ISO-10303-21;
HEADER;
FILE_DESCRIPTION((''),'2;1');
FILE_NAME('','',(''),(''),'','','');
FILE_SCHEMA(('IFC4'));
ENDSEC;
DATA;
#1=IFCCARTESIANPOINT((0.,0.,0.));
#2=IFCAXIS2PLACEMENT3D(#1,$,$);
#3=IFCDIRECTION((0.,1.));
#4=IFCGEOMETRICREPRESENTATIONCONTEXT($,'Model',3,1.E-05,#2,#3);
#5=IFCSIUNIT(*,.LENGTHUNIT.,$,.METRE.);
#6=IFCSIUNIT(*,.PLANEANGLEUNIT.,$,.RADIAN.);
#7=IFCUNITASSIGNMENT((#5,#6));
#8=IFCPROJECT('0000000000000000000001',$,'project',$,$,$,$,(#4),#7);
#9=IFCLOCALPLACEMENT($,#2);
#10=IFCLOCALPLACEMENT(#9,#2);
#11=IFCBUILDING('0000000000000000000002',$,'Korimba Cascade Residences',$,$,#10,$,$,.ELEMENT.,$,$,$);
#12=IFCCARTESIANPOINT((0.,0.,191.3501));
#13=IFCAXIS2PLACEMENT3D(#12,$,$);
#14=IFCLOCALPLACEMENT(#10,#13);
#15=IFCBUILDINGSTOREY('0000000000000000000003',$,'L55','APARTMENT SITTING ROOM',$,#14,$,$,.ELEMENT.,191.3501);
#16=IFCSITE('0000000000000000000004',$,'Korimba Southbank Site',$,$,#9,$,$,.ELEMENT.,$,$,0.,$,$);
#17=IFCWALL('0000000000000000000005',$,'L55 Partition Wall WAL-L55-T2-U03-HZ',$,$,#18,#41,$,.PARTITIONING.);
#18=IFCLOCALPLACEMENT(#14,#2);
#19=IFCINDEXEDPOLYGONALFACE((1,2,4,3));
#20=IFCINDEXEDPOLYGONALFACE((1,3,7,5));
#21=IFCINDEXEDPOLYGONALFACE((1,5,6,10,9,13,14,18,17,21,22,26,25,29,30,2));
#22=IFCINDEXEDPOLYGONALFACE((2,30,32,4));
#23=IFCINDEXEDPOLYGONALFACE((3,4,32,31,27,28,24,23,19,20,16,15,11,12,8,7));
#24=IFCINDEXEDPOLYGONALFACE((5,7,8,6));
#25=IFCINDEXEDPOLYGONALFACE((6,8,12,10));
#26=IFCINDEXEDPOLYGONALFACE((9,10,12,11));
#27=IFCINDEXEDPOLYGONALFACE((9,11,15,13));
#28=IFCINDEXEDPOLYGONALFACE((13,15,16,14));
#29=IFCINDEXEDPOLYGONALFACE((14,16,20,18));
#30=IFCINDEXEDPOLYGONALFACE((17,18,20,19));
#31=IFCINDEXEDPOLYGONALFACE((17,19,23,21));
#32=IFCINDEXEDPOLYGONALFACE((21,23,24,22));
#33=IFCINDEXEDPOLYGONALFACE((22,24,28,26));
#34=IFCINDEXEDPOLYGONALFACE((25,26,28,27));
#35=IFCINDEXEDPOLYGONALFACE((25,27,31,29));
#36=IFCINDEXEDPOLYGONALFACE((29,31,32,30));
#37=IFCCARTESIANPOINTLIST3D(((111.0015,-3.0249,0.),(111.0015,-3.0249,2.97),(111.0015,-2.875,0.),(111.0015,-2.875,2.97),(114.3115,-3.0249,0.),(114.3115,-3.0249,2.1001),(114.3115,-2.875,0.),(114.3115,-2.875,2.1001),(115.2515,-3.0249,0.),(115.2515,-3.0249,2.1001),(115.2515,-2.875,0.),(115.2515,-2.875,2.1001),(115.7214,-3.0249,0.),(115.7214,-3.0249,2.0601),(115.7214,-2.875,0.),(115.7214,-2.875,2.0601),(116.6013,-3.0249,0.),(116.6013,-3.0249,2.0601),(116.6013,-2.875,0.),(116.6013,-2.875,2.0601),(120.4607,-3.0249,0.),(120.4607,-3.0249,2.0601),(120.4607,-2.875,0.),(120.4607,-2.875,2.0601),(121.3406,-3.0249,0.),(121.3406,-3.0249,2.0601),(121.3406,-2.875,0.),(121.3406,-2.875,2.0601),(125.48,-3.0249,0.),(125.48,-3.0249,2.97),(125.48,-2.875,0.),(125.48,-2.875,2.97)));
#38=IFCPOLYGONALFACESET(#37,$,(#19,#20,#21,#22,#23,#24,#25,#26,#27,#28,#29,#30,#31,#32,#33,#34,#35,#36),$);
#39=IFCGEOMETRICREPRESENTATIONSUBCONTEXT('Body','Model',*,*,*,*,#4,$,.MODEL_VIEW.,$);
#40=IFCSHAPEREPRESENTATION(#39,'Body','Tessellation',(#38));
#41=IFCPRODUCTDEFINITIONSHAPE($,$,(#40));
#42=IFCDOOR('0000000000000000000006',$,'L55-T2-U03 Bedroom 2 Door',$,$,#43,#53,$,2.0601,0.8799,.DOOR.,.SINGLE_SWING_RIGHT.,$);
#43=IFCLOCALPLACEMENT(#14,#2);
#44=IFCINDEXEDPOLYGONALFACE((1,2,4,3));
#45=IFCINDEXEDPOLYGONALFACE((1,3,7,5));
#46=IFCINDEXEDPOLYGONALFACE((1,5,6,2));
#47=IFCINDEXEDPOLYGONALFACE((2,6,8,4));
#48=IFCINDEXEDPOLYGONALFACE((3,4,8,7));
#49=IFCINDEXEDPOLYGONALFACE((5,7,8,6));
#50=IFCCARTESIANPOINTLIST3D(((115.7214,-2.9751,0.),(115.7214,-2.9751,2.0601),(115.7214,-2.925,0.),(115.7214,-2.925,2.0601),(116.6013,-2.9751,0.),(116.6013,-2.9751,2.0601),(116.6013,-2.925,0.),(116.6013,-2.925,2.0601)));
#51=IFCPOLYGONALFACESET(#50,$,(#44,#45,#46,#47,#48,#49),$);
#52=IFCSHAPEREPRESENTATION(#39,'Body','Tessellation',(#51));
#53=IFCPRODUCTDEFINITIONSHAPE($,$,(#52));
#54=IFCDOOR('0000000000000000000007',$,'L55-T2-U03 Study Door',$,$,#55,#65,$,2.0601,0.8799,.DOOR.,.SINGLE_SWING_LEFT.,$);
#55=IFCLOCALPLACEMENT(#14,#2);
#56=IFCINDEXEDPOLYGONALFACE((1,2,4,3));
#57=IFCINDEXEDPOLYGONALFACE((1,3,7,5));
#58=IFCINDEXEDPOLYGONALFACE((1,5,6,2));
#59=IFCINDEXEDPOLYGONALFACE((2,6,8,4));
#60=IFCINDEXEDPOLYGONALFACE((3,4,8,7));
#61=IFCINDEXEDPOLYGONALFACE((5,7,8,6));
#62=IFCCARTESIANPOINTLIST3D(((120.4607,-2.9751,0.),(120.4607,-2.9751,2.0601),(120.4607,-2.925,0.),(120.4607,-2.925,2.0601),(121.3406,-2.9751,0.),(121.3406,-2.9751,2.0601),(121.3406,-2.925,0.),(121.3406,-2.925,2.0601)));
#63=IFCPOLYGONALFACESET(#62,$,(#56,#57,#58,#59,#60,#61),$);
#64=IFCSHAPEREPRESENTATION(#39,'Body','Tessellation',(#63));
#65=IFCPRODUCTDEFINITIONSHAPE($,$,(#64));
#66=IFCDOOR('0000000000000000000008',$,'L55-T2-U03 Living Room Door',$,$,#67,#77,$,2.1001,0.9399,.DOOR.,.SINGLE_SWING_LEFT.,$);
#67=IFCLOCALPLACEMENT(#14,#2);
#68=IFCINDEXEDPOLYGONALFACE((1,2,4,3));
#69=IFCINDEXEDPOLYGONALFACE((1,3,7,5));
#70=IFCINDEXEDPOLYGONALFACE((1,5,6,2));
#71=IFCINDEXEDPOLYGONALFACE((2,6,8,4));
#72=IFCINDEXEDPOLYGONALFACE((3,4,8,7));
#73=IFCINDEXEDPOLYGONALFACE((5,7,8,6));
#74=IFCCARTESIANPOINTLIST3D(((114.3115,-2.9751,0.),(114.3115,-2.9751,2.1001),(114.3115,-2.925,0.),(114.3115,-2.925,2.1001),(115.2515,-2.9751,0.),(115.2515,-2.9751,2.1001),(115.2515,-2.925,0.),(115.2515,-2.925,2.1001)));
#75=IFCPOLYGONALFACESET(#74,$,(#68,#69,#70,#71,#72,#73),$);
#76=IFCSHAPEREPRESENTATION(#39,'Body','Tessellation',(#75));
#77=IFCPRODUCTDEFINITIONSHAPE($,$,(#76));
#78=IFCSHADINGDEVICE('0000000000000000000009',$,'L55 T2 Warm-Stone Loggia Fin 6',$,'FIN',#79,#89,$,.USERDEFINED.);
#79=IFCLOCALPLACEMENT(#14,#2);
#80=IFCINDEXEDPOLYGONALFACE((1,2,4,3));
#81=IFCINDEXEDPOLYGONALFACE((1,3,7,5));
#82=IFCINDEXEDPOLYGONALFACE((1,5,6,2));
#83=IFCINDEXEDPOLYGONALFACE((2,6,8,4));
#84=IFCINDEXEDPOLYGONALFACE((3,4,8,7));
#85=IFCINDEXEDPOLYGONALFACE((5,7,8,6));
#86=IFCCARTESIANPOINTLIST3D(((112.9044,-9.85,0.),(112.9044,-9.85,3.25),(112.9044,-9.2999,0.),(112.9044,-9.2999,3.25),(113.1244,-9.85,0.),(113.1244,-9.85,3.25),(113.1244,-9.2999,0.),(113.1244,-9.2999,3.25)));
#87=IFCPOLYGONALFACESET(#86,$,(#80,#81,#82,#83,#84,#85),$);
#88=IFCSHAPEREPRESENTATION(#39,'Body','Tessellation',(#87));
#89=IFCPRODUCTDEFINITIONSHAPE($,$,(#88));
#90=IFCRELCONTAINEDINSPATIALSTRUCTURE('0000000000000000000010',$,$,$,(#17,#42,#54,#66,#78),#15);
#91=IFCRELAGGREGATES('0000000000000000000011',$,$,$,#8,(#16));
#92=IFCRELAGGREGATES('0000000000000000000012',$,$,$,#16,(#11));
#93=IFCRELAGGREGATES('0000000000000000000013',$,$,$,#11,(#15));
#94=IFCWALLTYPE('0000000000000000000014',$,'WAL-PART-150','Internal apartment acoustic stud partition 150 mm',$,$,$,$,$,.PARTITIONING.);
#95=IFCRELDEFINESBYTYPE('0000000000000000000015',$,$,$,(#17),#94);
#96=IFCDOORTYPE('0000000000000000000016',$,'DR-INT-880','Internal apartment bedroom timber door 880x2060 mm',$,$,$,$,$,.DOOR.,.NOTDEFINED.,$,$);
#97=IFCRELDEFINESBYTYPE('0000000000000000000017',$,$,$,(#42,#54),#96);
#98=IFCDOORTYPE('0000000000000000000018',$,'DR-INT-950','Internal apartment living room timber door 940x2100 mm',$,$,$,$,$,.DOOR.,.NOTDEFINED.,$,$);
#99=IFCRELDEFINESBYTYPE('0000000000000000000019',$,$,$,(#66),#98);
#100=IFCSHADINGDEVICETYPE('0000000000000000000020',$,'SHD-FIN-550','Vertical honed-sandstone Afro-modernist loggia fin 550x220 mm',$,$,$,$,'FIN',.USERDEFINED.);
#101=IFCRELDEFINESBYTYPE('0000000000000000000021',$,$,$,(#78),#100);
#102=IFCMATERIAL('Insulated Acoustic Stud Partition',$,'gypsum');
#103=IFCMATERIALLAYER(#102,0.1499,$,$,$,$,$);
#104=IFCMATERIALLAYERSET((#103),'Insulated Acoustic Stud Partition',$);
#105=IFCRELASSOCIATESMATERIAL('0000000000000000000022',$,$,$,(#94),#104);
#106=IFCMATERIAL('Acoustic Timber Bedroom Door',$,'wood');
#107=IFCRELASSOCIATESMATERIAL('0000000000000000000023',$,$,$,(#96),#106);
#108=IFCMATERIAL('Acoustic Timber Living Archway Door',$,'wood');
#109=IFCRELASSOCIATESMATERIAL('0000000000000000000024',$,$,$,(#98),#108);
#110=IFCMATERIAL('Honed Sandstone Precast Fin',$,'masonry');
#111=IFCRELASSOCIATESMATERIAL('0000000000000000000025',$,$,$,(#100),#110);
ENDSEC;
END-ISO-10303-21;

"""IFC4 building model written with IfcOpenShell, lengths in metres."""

from ifc_helpers import new_model, si_unit, direction, frame, frame_2d, origin, origin_2d, place, context, subcontext, project, spatial, rectangle, extrude, material, layer, layer_set, type_object, element, fill, save


model = new_model("IFC4")

# Units and contexts
model_context = context("Model", 3, precision=1e-05, world=origin(), true_north=direction((0.0, 1.0)))
body_context = subcontext(model_context, "Body", "Model", "MODEL_VIEW")
ifc_project = project(units=[si_unit("LENGTHUNIT", "METRE"), si_unit("PLANEANGLEUNIT", "RADIAN")], contexts=[model_context])

# Site, building, storey
site_placement = place(None, origin())
site = spatial("IfcSite", under=ifc_project, at=site_placement, Name="Korimba Southbank Site", CompositionType="ELEMENT", RefElevation=0.0)
building_placement = place(site_placement, origin())
building = spatial("IfcBuilding", under=site, at=building_placement, Name="Korimba Cascade Residences", CompositionType="ELEMENT")
storey_placement = place(building_placement, frame((0.0, 0.0, 191.3501)))
storey = spatial("IfcBuildingStorey", under=building, at=storey_placement, Name="L55", Description="APARTMENT SITTING ROOM", CompositionType="ELEMENT", Elevation=191.3501)

# Shared definitions
ifc_material_1 = material(Name="Insulated Acoustic Stud Partition", Category="gypsum")
ifc_layer_1 = layer(ifc_material_1, 0.1499)
ifc_layer_set_1 = layer_set([ifc_layer_1], Name="Insulated Acoustic Stud Partition")
wall_type_1 = type_object("IfcWallType", Name="WAL-PART-150", Description="Internal apartment acoustic stud partition 150 mm", PredefinedType="PARTITIONING", material=ifc_layer_set_1)

# Shared definitions
ifc_material_2 = material(Name="Acoustic Timber Bedroom Door", Category="wood")
door_type_1 = type_object("IfcDoorType", Name="DR-INT-880", Description="Internal apartment bedroom timber door 880x2060 mm", OperationType="NOTDEFINED", PredefinedType="DOOR", material=ifc_material_2)

# Wall, openings, doors
wall_1_placement = place(storey_placement, frame((111.0015, -2.95, 0.0), z_axis=(0.0, 0.0, 1.0), x_axis=(1.0, 0.0, 0.0)))
wall_1 = element("IfcWall", 1, at=wall_1_placement, inside=storey, type_object=wall_type_1, Name="L55 Partition Wall WAL-L55-T2-U03-HZ", PredefinedType="PARTITIONING", context=body_context, shape_type="SweptSolid", body=[
    extrude(rectangle(XDim=14.4785, YDim=0.1499, at=frame_2d((7.2393, 0.0))), origin(), (0.0, 0.0, 1.0), 2.97),
])
opening_1_placement = place(wall_1_placement, frame((3.3101, 0.0, 0.0)))
opening_1 = element("IfcOpeningElement", 2, at=opening_1_placement, cuts=wall_1, PredefinedType="OPENING", context=body_context, shape_type="SweptSolid", body=[
    extrude(rectangle(XDim=0.9399, YDim=2.1001, at=frame_2d((0.47, 1.05))), frame((0.0, 0.085, 0.0), z_axis=(0.0, -1.0, 0.0), x_axis=(1.0, 0.0, 0.0)), (0.0, 0.0, 1.0), 0.1699),
])
opening_2_placement = place(wall_1_placement, frame((4.72, 0.0, 0.0)))
opening_2 = element("IfcOpeningElement", 3, at=opening_2_placement, cuts=wall_1, PredefinedType="OPENING", context=body_context, shape_type="SweptSolid", body=[
    extrude(rectangle(XDim=0.8799, YDim=2.0601, at=frame_2d((0.4399, 1.03))), frame((0.0, 0.085, 0.0), z_axis=(0.0, -1.0, 0.0), x_axis=(1.0, 0.0, 0.0)), (0.0, 0.0, 1.0), 0.1699),
])
opening_3_placement = place(wall_1_placement, frame((9.4592, 0.0, 0.0)))
opening_3 = element("IfcOpeningElement", 4, at=opening_3_placement, cuts=wall_1, PredefinedType="OPENING", context=body_context, shape_type="SweptSolid", body=[
    extrude(rectangle(XDim=0.8799, YDim=2.0601, at=frame_2d((0.4399, 1.03))), frame((0.0, 0.085, 0.0), z_axis=(0.0, -1.0, 0.0), x_axis=(1.0, 0.0, 0.0)), (0.0, 0.0, 1.0), 0.1699),
])
door_1_placement = place(opening_2_placement, origin())
door_1 = element("IfcDoor", 5, at=door_1_placement, inside=storey, type_object=door_type_1, Name="L55-T2-U03 Bedroom 2 Door", OperationType="SINGLE_SWING_RIGHT", OverallHeight=2.0601, OverallWidth=0.8799, PredefinedType="DOOR", context=body_context, shape_type="SweptSolid", body=[
    extrude(rectangle(XDim=0.8799, YDim=2.0601, at=frame_2d((0.4399, 1.03))), frame((0.0, 0.0249, 0.0), z_axis=(0.0, -1.0, 0.0), x_axis=(1.0, 0.0, 0.0)), (0.0, 0.0, 1.0), 0.05),
])
fill(opening_2, door_1)
door_2_placement = place(opening_3_placement, origin())
door_2 = element("IfcDoor", 6, at=door_2_placement, inside=storey, type_object=door_type_1, Name="L55-T2-U03 Study Door", OperationType="SINGLE_SWING_LEFT", OverallHeight=2.0601, OverallWidth=0.8799, PredefinedType="DOOR", context=body_context, shape_type="SweptSolid", body=[
    extrude(rectangle(XDim=0.8799, YDim=2.0601, at=frame_2d((0.4399, 1.03))), frame((0.0, 0.0249, 0.0), z_axis=(0.0, -1.0, 0.0), x_axis=(1.0, 0.0, 0.0)), (0.0, 0.0, 1.0), 0.05),
])
fill(opening_3, door_2)
ifc_material_3 = material(Name="Acoustic Timber Living Archway Door", Category="wood")
door_type_2 = type_object("IfcDoorType", Name="DR-INT-950", Description="Internal apartment living room timber door 940x2100 mm", OperationType="NOTDEFINED", PredefinedType="DOOR", material=ifc_material_3)
door_3_placement = place(opening_1_placement, origin())
door_3 = element("IfcDoor", 7, at=door_3_placement, inside=storey, type_object=door_type_2, Name="L55-T2-U03 Living Room Door", OperationType="SINGLE_SWING_LEFT", OverallHeight=2.1001, OverallWidth=0.9399, PredefinedType="DOOR", context=body_context, shape_type="SweptSolid", body=[
    extrude(rectangle(XDim=0.9399, YDim=2.1001, at=frame_2d((0.47, 1.05))), frame((0.0, 0.0249, 0.0), z_axis=(0.0, -1.0, 0.0), x_axis=(1.0, 0.0, 0.0)), (0.0, 0.0, 1.0), 0.05),
])
fill(opening_1, door_3)

# Shading device
ifc_material_4 = material(Name="Honed Sandstone Precast Fin", Category="masonry")
shading_device_type = type_object("IfcShadingDeviceType", Name="SHD-FIN-550", Description="Vertical honed-sandstone Afro-modernist loggia fin 550x220 mm", ElementType="FIN", PredefinedType="USERDEFINED", material=ifc_material_4)
shading_device_placement = place(storey_placement, frame((113.0144, -9.575, 0.0), z_axis=(0.0, 0.0, 1.0), x_axis=(1.0, 0.0, 0.0)))
element("IfcShadingDevice", 8, at=shading_device_placement, inside=storey, type_object=shading_device_type, Name="L55 T2 Warm-Stone Loggia Fin 6", ObjectType="FIN", PredefinedType="USERDEFINED", context=body_context, shape_type="SweptSolid", body=[
    extrude(rectangle(XDim=0.22, YDim=0.55, at=origin_2d()), origin(), (0.0, 0.0, 1.0), 3.25),
])

save(model, "model.ifc")
